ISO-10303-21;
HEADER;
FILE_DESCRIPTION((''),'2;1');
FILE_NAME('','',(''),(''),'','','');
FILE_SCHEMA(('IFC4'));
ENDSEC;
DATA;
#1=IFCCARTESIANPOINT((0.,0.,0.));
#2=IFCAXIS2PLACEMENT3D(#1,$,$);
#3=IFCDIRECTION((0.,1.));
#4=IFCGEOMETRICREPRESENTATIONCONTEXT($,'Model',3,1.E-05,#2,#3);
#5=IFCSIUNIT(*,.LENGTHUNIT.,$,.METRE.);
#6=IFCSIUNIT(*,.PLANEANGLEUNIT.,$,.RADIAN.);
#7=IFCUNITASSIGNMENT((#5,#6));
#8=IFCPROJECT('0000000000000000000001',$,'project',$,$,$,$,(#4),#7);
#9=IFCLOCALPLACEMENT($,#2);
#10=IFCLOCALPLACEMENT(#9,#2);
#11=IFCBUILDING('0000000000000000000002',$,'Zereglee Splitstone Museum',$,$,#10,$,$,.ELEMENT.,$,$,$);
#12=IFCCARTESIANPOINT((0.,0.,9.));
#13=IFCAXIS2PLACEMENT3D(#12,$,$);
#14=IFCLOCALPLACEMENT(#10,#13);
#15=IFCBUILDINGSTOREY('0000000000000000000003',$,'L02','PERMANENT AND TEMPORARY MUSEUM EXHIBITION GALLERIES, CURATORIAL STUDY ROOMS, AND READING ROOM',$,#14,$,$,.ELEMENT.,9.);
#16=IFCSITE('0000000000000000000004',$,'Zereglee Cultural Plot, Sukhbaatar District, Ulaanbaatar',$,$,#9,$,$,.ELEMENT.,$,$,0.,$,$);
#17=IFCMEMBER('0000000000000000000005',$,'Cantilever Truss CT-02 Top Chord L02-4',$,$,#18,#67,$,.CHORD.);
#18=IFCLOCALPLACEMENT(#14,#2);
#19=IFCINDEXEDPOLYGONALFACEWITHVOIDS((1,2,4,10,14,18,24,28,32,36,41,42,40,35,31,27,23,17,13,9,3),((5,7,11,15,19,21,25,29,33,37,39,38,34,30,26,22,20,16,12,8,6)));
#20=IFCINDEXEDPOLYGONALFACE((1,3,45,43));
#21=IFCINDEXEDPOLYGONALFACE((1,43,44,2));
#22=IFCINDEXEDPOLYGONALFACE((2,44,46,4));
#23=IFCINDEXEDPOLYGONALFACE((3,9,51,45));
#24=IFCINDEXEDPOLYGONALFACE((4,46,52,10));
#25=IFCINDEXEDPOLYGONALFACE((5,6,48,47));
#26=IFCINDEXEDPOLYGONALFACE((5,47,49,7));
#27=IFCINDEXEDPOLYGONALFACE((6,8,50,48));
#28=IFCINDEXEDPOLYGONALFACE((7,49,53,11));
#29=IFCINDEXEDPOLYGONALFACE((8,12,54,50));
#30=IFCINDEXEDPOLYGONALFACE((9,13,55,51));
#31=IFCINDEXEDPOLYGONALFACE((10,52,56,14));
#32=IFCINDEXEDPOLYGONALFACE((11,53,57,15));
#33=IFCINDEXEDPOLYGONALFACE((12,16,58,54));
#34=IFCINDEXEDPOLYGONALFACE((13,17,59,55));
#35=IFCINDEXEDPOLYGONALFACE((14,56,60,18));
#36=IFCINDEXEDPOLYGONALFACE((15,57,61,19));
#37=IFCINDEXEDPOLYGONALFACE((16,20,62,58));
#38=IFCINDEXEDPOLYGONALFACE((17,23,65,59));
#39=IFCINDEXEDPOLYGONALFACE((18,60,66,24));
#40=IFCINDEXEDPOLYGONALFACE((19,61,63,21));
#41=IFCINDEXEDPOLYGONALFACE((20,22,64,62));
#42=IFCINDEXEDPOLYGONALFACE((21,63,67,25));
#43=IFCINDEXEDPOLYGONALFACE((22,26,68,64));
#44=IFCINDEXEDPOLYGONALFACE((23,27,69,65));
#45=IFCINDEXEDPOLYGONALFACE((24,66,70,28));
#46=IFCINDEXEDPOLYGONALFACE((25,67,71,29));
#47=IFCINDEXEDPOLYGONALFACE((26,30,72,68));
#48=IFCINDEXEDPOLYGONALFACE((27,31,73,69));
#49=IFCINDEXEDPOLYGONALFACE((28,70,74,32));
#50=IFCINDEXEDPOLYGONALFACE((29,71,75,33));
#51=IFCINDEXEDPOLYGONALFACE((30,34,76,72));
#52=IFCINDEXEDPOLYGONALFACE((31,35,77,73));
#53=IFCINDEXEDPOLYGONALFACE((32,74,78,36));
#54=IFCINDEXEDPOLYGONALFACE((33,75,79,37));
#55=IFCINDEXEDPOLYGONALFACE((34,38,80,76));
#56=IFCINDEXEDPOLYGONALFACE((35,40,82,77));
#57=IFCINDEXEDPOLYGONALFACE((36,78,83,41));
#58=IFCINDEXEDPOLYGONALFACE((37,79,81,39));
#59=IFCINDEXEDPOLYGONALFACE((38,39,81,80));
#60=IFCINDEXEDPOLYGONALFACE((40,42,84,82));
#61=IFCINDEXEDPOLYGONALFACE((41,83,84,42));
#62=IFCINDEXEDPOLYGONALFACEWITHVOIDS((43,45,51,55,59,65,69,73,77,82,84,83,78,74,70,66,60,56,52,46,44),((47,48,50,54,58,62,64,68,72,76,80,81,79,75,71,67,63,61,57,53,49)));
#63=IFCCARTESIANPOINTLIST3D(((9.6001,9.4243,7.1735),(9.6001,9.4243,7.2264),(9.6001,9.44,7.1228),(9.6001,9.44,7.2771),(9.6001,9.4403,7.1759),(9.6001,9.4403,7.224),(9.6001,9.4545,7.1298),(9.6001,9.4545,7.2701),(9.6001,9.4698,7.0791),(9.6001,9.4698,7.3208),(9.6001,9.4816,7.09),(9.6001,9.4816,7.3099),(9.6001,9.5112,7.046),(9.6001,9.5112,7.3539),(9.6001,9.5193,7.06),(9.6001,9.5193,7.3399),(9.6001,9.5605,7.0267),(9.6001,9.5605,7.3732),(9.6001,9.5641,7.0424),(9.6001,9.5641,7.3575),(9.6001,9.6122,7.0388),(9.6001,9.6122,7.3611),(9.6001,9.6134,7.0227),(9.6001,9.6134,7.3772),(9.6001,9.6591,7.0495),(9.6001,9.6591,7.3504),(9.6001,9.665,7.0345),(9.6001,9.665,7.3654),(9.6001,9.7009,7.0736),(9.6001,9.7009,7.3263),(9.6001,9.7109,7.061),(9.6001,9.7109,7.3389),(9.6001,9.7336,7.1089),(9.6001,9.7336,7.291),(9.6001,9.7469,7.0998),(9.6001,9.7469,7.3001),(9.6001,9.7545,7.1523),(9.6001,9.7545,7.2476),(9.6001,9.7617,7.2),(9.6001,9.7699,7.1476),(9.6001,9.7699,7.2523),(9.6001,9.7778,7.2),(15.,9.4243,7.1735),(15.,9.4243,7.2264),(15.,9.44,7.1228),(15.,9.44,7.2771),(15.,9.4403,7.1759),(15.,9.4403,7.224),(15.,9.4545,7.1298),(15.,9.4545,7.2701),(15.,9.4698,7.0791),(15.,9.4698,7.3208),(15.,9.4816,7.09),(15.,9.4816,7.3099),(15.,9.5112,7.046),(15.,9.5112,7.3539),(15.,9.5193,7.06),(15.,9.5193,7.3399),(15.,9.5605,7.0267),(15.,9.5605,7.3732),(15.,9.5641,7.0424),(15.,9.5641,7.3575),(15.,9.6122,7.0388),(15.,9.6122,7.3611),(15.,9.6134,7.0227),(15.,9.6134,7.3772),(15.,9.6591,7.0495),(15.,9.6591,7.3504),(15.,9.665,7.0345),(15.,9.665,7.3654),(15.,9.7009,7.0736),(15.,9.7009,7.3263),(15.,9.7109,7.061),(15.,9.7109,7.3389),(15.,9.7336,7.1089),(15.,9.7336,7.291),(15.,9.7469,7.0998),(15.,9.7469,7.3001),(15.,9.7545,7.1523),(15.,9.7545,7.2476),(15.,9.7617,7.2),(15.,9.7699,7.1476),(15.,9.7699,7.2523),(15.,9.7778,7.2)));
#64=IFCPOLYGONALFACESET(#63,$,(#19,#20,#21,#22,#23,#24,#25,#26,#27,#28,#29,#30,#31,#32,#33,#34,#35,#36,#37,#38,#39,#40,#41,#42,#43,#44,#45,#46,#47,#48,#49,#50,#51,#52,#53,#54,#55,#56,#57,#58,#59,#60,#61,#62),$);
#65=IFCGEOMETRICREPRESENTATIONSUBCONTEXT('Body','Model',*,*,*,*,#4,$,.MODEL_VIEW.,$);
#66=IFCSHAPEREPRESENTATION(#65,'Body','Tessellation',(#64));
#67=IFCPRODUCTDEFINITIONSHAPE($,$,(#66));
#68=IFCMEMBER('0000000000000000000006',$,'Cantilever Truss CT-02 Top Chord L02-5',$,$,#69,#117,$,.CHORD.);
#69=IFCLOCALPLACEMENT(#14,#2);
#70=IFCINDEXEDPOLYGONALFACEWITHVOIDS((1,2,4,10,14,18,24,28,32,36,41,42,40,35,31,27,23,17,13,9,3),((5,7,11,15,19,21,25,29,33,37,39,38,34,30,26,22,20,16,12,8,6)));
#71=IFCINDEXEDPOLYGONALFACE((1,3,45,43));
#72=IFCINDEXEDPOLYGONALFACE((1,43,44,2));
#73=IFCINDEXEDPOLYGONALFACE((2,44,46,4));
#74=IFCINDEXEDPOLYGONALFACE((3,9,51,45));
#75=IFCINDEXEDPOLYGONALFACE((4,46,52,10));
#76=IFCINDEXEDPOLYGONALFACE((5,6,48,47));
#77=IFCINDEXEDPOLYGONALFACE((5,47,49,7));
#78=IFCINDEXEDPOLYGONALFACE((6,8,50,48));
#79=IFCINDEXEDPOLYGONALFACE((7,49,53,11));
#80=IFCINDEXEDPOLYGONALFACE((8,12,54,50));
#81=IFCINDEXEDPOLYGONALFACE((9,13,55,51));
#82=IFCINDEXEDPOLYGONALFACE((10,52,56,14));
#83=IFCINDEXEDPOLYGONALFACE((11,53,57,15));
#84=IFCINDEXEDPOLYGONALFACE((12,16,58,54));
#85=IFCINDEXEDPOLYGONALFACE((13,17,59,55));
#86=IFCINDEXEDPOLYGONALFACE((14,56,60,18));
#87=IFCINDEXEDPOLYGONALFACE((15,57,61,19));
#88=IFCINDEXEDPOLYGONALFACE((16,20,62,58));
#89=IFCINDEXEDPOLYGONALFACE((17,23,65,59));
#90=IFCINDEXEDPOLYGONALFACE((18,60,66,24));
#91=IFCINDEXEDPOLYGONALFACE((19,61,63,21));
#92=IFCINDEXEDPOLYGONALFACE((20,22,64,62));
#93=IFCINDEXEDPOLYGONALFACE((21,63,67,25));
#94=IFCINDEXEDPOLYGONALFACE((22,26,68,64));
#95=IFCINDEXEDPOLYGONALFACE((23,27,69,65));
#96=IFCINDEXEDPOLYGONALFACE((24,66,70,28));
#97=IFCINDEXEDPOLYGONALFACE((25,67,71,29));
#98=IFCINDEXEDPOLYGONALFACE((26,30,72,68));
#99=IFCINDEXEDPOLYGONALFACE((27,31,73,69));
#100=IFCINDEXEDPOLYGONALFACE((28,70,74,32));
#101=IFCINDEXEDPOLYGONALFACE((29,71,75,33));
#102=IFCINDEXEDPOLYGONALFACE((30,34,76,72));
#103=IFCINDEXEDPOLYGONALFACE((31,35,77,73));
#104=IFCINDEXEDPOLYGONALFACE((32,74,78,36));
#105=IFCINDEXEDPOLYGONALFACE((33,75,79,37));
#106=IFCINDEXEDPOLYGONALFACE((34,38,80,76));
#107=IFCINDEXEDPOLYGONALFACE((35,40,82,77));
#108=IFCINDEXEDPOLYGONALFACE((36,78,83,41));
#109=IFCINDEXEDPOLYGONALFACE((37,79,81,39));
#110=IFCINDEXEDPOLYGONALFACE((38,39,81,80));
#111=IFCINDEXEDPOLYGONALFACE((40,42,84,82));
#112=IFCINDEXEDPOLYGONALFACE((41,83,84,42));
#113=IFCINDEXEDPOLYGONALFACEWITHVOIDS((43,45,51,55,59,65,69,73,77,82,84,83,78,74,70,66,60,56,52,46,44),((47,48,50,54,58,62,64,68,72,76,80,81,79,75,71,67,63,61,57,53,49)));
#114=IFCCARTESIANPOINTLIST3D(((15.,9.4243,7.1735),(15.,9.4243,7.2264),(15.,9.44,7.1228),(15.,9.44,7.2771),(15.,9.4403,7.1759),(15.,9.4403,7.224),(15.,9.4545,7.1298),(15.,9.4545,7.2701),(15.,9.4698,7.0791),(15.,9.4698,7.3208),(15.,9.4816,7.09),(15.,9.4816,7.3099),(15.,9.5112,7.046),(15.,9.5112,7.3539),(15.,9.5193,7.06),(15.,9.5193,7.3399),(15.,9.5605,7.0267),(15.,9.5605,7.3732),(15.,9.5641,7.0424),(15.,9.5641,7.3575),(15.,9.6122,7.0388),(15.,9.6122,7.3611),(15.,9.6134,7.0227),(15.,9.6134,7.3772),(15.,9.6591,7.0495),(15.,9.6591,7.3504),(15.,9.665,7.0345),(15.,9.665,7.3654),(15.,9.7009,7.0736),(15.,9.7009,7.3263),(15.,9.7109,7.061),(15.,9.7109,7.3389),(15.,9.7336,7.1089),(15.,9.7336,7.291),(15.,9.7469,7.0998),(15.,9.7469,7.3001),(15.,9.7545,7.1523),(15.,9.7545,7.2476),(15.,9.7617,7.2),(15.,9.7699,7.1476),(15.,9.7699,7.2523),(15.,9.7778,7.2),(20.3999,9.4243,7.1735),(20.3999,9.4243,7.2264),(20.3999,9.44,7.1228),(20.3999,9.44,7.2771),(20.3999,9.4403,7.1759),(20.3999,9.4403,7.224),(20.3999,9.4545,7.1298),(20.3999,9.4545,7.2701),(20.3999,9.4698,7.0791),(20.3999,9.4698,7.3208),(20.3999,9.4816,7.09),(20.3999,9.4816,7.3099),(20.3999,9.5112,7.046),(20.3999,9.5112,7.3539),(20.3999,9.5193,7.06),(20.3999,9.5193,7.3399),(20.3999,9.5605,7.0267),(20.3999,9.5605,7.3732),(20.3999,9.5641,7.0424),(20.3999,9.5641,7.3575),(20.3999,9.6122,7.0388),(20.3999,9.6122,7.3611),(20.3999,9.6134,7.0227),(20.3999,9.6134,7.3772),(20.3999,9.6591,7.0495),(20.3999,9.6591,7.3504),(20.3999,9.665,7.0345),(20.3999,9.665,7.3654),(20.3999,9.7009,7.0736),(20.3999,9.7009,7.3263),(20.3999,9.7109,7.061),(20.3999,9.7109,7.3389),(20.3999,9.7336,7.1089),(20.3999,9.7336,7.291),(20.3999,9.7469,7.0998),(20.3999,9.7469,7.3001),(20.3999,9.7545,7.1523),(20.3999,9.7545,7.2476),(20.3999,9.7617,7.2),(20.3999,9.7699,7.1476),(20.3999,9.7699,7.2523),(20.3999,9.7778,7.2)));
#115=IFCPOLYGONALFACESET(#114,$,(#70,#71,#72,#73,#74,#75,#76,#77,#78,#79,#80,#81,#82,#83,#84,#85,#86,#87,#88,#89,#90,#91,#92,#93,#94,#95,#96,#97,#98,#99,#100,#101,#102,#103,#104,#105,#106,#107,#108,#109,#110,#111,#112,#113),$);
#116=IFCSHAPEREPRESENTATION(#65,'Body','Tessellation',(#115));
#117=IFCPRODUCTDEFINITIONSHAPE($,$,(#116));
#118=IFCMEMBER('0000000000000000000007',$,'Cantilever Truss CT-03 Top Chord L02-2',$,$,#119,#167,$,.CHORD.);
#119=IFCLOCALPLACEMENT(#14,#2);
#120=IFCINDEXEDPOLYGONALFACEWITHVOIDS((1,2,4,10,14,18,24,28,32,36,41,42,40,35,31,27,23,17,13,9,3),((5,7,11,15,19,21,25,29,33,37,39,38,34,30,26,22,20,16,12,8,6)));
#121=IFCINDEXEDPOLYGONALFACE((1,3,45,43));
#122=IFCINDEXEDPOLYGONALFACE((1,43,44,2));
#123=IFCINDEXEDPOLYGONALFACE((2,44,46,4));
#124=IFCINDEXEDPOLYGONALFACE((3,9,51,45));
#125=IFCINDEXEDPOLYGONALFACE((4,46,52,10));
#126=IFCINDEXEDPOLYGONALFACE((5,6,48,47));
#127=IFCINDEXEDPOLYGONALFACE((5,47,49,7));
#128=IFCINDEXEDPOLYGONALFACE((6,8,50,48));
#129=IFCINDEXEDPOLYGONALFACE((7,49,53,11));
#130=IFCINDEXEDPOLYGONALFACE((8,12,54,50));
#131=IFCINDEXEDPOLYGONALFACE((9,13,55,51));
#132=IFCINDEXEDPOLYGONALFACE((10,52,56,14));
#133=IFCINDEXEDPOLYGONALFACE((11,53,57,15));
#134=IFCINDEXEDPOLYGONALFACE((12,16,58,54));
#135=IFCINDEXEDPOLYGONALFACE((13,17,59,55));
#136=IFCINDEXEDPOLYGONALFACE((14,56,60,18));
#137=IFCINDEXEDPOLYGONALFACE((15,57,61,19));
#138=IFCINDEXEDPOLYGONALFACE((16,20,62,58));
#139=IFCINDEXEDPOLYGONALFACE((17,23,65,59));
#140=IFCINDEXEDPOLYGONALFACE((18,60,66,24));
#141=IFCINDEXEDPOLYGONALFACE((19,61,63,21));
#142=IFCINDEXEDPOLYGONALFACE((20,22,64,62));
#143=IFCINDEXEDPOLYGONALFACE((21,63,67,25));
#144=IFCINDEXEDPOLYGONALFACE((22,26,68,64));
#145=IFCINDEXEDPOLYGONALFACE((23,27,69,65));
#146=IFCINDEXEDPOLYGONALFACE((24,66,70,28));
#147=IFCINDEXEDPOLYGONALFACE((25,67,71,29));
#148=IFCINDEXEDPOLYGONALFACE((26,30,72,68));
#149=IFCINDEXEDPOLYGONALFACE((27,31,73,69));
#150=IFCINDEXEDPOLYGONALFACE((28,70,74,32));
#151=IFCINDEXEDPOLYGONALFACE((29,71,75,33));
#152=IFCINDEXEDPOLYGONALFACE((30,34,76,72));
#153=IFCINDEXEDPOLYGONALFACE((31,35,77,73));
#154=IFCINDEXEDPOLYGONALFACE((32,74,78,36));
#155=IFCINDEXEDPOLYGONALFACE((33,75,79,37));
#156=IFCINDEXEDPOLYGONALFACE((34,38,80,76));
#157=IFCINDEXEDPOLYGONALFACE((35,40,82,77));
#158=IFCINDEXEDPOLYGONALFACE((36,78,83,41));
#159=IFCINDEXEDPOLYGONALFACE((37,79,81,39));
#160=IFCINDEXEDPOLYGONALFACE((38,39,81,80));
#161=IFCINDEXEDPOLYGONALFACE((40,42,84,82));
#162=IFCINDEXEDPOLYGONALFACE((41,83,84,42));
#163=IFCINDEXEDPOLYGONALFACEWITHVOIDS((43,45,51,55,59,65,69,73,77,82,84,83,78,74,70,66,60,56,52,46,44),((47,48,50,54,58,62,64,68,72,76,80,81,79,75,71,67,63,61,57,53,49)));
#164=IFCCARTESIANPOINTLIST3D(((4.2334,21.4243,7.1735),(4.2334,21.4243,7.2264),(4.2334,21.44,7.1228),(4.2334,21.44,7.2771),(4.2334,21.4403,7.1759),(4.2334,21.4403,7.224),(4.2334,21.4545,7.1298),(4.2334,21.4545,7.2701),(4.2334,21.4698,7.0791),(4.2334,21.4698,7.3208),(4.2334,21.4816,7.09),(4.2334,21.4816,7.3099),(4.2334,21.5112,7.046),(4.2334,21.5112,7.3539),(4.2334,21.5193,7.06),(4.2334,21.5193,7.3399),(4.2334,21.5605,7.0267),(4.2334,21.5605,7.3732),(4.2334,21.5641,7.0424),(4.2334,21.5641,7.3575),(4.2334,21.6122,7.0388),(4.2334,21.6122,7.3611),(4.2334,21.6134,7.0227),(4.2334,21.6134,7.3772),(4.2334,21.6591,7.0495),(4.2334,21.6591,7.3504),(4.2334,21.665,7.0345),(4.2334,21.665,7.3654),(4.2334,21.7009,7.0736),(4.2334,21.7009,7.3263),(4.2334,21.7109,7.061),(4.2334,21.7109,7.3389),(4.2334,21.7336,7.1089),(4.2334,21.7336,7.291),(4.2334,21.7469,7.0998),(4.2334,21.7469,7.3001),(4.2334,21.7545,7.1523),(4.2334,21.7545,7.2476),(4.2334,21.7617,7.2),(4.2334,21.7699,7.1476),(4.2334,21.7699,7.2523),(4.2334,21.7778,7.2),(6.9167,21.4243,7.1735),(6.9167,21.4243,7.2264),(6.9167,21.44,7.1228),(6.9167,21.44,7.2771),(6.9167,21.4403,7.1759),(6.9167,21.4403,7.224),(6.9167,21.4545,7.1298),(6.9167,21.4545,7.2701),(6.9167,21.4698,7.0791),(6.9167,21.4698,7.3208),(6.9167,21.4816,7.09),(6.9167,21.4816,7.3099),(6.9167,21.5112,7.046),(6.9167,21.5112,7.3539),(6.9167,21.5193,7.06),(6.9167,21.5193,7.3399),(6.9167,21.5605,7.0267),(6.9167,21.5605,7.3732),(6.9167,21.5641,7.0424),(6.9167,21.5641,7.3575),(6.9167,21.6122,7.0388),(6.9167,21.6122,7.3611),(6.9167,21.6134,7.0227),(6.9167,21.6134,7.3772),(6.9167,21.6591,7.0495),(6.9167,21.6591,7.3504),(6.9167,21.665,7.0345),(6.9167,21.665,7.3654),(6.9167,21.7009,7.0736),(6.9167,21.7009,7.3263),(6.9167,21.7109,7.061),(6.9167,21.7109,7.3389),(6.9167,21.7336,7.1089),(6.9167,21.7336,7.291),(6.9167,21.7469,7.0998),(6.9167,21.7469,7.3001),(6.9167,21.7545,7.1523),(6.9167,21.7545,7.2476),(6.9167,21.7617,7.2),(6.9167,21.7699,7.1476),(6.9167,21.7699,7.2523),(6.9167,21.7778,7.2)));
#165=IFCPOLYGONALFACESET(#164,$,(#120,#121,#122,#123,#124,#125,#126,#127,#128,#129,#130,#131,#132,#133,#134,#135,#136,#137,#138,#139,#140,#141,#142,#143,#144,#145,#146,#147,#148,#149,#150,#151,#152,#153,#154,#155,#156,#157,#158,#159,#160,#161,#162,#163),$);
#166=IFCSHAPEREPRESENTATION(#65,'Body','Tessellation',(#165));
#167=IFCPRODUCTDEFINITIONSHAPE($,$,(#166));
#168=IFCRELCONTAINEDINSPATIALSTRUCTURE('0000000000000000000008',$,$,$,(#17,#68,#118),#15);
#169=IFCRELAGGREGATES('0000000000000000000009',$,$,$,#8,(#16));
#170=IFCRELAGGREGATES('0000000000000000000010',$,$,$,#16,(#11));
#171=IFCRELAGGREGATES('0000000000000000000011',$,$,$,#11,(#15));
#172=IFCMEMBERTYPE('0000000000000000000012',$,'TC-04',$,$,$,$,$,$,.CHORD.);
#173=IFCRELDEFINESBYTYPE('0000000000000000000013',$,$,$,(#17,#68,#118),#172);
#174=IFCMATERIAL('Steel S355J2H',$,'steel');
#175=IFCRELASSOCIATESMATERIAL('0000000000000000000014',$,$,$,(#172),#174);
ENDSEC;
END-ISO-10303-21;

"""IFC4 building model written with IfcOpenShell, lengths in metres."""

from ifc_helpers import new_model, si_unit, direction, frame, origin, origin_2d, place, context, subcontext, project, spatial, hollow_circle, extrude, material, material_profile, profile_set, type_object, element, save


model = new_model("IFC4")

# Units and contexts
model_context = context("Model", 3, precision=1e-05, world=origin(), true_north=direction((0.0, 1.0)))
body_context = subcontext(model_context, "Body", "Model", "MODEL_VIEW")
ifc_project = project(units=[si_unit("LENGTHUNIT", "METRE"), si_unit("PLANEANGLEUNIT", "RADIAN")], contexts=[model_context])

# Site, building, storey
site_placement = place(None, origin())
site = spatial("IfcSite", under=ifc_project, at=site_placement, Name="Zereglee Cultural Plot, Sukhbaatar District, Ulaanbaatar", CompositionType="ELEMENT", RefElevation=0.0)
building_placement = place(site_placement, origin())
building = spatial("IfcBuilding", under=site, at=building_placement, Name="Zereglee Splitstone Museum", CompositionType="ELEMENT")
storey_placement = place(building_placement, frame((0.0, 0.0, 9.0)))
storey = spatial("IfcBuildingStorey", under=building, at=storey_placement, Name="L02", Description="PERMANENT AND TEMPORARY MUSEUM EXHIBITION GALLERIES, CURATORIAL STUDY ROOMS, AND READING ROOM", CompositionType="ELEMENT", Elevation=9.0)

# Members
ifc_material_1 = material(Name="Steel S355J2H", Category="steel")
ifc_material_profile_1 = material_profile(ifc_material_1, hollow_circle(Radius=0.1777, WallThickness=0.0161, at=origin_2d()), Name="CHS 355.6x16")
ifc_profile_set_1 = profile_set([ifc_material_profile_1], Name="Steel S355J2H")
member_type_1 = type_object("IfcMemberType", Name="TC-04", PredefinedType="CHORD", material=ifc_profile_set_1)
for number, where, z_axis, x_axis, name in (
    (1, (9.6001, 9.6001, 7.2), (1.0, 0.0, 0.0), (0.0, 1.0, 0.0), "Cantilever Truss CT-02 Top Chord L02-4"),
    (2, (15.0, 9.6001, 7.2), (1.0, 0.0, 0.0), (0.0, 1.0, 0.0), "Cantilever Truss CT-02 Top Chord L02-5"),
):
    element("IfcMember", number, at=place(storey_placement, frame(where, z_axis=z_axis, x_axis=x_axis)), inside=storey, type_object=member_type_1, Name=name, PredefinedType="CHORD", context=body_context, shape_type="SweptSolid", body=[
        extrude(hollow_circle(Radius=0.1777, WallThickness=0.0161, at=origin_2d()), origin(), (0.0, 0.0, 1.0), 5.3999),
    ])
member_1_placement = place(storey_placement, frame((4.2334, 21.6001, 7.2), z_axis=(1.0, 0.0, 0.0), x_axis=(0.0, 1.0, 0.0)))
element("IfcMember", 3, at=member_1_placement, inside=storey, type_object=member_type_1, Name="Cantilever Truss CT-03 Top Chord L02-2", PredefinedType="CHORD", context=body_context, shape_type="SweptSolid", body=[
    extrude(hollow_circle(Radius=0.1777, WallThickness=0.0161, at=origin_2d()), origin(), (0.0, 0.0, 1.0), 2.6833),
])

save(model, "model.ifc")
